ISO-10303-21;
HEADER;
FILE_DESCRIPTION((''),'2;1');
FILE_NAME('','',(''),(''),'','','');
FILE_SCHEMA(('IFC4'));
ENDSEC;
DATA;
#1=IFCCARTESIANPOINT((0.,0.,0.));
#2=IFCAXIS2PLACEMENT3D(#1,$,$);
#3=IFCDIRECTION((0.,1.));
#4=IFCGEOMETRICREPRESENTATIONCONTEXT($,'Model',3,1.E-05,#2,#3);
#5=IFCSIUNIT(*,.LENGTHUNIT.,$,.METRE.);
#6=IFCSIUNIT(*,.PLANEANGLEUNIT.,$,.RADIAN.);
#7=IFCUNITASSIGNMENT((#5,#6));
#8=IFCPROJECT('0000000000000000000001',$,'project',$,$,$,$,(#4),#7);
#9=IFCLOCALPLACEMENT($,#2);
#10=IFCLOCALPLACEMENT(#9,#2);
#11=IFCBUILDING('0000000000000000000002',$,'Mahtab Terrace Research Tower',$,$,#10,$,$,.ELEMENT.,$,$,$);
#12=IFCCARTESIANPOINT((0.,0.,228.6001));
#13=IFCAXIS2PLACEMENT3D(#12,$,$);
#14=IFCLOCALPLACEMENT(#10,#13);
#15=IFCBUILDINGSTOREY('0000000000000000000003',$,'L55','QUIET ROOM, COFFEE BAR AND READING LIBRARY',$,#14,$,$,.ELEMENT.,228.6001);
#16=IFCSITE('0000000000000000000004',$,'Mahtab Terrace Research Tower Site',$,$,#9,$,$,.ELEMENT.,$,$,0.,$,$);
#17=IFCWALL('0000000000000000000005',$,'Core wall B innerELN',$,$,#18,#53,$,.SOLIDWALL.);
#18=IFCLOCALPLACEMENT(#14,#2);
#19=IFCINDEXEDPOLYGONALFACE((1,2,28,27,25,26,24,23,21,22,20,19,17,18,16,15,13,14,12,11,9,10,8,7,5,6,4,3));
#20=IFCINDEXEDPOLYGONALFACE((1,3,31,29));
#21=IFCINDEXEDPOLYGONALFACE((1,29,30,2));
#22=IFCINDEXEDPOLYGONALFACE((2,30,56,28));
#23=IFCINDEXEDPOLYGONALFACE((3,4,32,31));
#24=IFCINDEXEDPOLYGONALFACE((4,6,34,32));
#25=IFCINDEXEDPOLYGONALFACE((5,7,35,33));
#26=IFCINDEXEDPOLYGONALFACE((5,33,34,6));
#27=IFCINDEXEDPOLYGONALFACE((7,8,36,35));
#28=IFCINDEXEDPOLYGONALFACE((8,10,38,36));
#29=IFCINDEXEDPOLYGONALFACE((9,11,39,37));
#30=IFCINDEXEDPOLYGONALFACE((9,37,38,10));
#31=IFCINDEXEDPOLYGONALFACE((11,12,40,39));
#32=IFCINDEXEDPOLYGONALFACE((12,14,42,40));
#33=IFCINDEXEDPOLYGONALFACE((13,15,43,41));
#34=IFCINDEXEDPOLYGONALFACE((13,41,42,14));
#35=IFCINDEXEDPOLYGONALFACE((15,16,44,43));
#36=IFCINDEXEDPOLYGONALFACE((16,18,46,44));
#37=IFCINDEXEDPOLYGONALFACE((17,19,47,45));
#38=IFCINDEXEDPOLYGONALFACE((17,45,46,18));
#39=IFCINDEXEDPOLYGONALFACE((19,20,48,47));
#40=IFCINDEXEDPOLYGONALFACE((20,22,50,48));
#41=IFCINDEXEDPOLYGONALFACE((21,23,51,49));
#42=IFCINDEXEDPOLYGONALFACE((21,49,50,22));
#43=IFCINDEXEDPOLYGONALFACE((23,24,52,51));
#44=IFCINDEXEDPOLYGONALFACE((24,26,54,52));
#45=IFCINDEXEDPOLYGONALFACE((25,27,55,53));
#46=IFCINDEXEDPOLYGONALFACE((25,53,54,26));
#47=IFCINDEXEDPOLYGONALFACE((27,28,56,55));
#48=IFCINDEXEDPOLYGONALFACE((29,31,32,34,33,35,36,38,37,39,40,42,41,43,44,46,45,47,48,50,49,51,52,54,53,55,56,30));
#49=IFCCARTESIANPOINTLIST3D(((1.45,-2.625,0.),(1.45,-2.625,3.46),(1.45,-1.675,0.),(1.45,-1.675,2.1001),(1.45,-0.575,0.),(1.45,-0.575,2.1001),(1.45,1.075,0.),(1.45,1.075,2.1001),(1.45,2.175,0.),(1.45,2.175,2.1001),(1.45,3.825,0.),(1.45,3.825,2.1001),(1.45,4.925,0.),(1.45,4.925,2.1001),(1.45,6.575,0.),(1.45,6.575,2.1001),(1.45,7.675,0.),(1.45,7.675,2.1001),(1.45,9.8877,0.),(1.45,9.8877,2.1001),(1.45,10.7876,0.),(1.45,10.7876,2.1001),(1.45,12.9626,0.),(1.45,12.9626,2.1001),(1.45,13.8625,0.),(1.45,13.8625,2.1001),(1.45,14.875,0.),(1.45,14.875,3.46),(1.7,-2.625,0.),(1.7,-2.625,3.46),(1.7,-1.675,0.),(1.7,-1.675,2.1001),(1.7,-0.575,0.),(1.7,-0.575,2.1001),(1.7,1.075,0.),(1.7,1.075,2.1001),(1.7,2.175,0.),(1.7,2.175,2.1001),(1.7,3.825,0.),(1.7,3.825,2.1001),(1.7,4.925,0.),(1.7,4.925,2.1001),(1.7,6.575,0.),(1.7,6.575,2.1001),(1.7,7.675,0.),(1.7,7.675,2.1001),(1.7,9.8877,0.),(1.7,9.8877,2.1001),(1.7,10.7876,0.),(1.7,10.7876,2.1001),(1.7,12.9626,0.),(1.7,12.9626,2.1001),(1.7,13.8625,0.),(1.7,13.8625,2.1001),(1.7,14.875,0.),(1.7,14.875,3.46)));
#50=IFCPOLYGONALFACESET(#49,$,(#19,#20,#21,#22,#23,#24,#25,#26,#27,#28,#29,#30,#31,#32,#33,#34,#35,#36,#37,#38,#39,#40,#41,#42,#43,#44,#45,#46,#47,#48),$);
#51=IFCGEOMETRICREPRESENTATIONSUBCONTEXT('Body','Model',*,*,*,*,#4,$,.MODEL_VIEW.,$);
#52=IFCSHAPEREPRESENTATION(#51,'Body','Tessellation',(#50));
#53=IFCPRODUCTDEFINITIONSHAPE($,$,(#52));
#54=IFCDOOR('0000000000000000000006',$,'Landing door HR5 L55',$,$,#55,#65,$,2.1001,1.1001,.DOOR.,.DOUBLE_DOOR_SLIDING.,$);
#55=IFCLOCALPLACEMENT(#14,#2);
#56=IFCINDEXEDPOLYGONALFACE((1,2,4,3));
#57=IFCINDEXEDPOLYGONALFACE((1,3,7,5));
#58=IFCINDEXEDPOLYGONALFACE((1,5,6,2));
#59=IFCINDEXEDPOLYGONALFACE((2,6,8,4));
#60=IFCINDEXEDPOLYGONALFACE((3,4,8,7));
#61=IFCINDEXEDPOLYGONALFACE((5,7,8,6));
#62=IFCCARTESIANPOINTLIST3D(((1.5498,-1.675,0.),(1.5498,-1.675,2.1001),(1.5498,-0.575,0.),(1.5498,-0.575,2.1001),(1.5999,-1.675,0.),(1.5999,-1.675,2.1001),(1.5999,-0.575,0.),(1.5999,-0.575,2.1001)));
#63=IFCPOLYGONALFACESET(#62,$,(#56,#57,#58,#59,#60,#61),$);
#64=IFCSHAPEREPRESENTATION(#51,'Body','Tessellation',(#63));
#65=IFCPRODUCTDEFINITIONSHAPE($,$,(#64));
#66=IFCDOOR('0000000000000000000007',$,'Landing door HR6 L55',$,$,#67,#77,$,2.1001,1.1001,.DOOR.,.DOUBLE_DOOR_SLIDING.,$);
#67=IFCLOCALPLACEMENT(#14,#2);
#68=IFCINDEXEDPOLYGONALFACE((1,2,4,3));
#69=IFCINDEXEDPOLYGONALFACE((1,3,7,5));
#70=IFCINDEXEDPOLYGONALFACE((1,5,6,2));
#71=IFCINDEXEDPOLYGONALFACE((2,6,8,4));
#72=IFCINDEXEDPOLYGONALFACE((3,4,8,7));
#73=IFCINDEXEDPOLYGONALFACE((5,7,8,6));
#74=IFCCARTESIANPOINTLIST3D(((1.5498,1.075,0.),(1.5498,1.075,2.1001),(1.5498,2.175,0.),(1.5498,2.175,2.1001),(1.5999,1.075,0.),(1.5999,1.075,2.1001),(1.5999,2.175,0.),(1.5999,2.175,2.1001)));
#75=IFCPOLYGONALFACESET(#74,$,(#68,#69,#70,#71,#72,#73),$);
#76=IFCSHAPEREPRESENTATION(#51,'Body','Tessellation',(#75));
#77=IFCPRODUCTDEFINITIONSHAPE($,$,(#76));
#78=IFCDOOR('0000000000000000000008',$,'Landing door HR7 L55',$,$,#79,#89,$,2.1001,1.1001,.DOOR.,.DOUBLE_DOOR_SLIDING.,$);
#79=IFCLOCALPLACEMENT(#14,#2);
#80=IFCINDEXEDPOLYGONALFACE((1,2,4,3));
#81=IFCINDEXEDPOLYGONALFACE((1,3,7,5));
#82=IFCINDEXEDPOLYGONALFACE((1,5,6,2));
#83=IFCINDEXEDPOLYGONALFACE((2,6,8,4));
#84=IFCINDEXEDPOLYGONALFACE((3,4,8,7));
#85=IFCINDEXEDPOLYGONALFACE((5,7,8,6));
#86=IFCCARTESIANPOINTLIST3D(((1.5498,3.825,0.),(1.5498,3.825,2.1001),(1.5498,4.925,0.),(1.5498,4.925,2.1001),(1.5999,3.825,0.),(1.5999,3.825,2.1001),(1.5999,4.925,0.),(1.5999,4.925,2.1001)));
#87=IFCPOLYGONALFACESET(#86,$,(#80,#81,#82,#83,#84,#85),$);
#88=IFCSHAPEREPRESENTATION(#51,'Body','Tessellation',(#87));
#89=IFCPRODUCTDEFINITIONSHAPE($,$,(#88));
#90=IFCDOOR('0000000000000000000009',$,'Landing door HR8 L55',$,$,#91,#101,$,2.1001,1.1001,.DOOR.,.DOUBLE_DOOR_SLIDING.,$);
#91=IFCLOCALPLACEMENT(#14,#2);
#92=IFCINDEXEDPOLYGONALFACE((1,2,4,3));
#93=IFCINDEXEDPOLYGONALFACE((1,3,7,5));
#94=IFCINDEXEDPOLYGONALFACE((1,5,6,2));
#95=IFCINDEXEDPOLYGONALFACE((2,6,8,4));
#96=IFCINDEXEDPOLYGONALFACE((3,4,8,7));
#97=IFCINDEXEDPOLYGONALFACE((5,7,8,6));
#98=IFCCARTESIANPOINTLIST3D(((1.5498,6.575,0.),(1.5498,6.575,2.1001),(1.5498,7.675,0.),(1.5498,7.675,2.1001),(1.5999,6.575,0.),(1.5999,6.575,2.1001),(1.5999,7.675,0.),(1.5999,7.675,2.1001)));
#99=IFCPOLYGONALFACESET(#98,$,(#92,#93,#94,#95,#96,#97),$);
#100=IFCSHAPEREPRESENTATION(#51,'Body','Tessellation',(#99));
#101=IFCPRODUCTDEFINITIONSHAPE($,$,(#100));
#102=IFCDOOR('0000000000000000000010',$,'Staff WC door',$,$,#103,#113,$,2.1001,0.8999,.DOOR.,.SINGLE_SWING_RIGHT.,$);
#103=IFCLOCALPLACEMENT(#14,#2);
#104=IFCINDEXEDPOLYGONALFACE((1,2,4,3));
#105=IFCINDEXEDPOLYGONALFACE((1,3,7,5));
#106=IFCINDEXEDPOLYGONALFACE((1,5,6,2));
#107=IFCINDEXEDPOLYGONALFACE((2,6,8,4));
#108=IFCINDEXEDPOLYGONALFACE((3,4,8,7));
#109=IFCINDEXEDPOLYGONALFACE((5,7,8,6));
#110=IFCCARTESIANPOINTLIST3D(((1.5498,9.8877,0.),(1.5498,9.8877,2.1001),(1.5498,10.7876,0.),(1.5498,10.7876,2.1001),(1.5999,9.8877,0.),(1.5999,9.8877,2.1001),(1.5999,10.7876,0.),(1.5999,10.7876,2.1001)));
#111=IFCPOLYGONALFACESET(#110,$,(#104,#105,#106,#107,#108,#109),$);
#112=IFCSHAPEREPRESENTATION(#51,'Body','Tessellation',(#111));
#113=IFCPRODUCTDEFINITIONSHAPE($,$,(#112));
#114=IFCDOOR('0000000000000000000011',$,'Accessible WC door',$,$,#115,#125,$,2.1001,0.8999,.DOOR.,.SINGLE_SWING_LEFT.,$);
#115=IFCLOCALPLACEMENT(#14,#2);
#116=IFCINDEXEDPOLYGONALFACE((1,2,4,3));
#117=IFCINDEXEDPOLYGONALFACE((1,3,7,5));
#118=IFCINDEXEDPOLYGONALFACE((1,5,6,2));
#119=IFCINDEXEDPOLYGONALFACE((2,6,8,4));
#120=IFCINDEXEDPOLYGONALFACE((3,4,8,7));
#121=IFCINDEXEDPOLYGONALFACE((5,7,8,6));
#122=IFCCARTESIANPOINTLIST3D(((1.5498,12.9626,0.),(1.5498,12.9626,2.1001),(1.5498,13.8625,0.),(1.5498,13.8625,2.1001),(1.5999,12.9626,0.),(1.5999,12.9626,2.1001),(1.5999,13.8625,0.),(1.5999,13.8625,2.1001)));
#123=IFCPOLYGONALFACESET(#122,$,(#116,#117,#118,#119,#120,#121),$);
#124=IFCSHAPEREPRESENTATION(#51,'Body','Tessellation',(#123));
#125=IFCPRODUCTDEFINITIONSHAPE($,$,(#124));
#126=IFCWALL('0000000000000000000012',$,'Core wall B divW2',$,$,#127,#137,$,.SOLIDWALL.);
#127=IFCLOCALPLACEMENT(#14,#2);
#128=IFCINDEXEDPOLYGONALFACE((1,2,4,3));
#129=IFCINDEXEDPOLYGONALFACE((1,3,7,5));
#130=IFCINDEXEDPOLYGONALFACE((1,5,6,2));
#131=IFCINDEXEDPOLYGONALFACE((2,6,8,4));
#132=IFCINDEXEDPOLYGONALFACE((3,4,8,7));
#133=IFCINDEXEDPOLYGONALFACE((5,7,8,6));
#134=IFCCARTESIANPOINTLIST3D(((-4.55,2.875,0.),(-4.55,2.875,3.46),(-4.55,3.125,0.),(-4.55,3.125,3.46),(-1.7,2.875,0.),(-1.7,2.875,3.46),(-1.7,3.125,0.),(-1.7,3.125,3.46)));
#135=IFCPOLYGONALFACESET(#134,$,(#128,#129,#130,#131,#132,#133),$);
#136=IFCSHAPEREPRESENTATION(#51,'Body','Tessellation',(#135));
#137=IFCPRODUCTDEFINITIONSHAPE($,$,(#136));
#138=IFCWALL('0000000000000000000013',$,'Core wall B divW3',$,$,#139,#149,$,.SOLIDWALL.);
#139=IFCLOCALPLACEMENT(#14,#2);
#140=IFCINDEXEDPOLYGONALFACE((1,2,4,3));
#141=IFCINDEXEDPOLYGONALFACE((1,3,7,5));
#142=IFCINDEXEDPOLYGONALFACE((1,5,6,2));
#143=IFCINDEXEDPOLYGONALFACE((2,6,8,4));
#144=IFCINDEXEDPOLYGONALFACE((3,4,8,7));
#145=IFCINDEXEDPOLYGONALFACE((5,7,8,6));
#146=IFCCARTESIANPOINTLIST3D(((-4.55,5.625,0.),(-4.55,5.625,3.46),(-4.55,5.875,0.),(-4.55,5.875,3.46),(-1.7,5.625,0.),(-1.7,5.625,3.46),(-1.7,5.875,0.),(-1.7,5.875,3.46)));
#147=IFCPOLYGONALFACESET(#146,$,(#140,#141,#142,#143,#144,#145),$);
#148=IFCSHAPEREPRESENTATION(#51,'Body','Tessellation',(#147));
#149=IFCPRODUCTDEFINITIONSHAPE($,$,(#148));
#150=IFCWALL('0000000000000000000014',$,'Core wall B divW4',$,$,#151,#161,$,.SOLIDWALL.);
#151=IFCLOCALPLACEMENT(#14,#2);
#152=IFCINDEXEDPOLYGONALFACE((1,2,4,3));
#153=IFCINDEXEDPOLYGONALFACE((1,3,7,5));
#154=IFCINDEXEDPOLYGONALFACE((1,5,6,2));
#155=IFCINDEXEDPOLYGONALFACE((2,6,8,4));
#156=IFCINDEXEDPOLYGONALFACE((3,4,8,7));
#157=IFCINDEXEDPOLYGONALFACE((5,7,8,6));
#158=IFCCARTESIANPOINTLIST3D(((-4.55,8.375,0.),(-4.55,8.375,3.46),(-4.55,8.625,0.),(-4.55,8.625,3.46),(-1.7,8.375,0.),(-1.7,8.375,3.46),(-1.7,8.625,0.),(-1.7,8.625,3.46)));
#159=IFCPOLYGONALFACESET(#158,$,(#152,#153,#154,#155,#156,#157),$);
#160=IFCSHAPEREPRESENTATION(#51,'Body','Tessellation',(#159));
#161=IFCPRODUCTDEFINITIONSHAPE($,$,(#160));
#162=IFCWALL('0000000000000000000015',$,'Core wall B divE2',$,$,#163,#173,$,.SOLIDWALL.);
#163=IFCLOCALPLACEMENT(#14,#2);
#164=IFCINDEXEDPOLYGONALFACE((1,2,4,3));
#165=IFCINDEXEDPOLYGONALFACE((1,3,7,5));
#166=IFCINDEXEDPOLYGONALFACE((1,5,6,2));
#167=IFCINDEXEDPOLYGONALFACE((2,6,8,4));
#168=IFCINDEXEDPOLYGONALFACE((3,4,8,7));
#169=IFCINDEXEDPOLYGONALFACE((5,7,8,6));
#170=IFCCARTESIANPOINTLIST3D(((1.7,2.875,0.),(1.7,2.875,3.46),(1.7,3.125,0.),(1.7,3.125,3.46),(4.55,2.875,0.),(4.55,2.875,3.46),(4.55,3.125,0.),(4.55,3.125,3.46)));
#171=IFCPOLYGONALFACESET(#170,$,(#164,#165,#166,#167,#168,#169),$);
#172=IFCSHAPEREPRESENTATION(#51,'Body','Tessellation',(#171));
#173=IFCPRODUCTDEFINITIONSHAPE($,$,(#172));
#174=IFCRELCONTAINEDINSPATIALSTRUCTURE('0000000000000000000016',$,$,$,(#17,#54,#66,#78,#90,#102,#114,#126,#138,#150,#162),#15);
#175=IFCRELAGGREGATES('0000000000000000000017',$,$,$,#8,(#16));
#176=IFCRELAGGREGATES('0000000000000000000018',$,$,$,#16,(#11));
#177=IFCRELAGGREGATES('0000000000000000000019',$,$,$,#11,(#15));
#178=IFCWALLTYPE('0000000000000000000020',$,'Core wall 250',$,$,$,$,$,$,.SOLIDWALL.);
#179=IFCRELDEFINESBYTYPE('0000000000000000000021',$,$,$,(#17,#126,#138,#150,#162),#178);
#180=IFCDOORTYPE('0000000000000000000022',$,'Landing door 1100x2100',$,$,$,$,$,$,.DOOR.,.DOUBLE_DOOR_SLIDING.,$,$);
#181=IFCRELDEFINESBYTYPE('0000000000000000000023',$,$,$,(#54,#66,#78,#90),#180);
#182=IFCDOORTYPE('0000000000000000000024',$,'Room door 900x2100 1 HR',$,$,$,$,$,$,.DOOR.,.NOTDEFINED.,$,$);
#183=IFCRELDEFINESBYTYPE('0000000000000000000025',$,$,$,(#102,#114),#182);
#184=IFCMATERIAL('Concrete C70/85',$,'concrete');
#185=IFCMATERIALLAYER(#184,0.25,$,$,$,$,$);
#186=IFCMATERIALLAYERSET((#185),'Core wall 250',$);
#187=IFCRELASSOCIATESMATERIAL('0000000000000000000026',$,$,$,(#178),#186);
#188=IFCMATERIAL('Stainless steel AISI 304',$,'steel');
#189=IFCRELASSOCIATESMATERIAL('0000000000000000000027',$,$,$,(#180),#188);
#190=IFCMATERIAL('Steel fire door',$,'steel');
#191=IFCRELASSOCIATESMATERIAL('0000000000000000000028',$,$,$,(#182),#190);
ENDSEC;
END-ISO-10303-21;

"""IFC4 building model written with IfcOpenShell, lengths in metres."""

from ifc_helpers import new_model, si_unit, direction, frame, frame_2d, origin, place, context, subcontext, project, spatial, rectangle, extrude, material, layer, layer_set, type_object, element, fill, save


model = new_model("IFC4")

# Units and contexts
model_context = context("Model", 3, precision=1e-05, world=origin(), true_north=direction((0.0, 1.0)))
body_context = subcontext(model_context, "Body", "Model", "MODEL_VIEW")
ifc_project = project(units=[si_unit("LENGTHUNIT", "METRE"), si_unit("PLANEANGLEUNIT", "RADIAN")], contexts=[model_context])

# Site, building, storey
site_placement = place(None, origin())
site = spatial("IfcSite", under=ifc_project, at=site_placement, Name="Mahtab Terrace Research Tower Site", CompositionType="ELEMENT", RefElevation=0.0)
building_placement = place(site_placement, origin())
building = spatial("IfcBuilding", under=site, at=building_placement, Name="Mahtab Terrace Research Tower", CompositionType="ELEMENT")
storey_placement = place(building_placement, frame((0.0, 0.0, 228.6001)))
storey = spatial("IfcBuildingStorey", under=building, at=storey_placement, Name="L55", Description="QUIET ROOM, COFFEE BAR AND READING LIBRARY", CompositionType="ELEMENT", Elevation=228.6001)

# Shared definitions
ifc_material_1 = material(Name="Concrete C70/85", Category="concrete")

# Shared definitions
ifc_layer_1 = layer(ifc_material_1, 0.25)
ifc_layer_set_1 = layer_set([ifc_layer_1], Name="Core wall 250")
wall_type_1 = type_object("IfcWallType", Name="Core wall 250", PredefinedType="SOLIDWALL", material=ifc_layer_set_1)

# Shared definitions
ifc_material_2 = material(Name="Steel fire door", Category="steel")

# Wall, openings, doors
wall_1_placement = place(storey_placement, frame((1.575, 14.875, 0.0), z_axis=(0.0, 0.0, 1.0), x_axis=(0.0, -1.0, 0.0)))
wall_1 = element("IfcWall", 1, at=wall_1_placement, inside=storey, type_object=wall_type_1, Name="Core wall B innerELN", PredefinedType="SOLIDWALL", context=body_context, shape_type="SweptSolid", body=[
    extrude(rectangle(XDim=17.5, YDim=0.25, at=frame_2d((8.75, 0.0))), origin(), (0.0, 0.0, 1.0), 3.46),
])
opening_1_placement = place(wall_1_placement, frame((15.45, 0.0, 0.0)))
opening_1 = element("IfcOpeningElement", 2, at=opening_1_placement, cuts=wall_1, PredefinedType="OPENING", context=body_context, shape_type="SweptSolid", body=[
    extrude(rectangle(XDim=1.1001, YDim=2.1001, at=frame_2d((0.55, 1.05))), frame((0.0, 0.135, 0.0), z_axis=(0.0, -1.0, 0.0), x_axis=(1.0, 0.0, 0.0)), (0.0, 0.0, 1.0), 0.27),
])
opening_2_placement = place(wall_1_placement, frame((12.7, 0.0, 0.0)))
opening_2 = element("IfcOpeningElement", 3, at=opening_2_placement, cuts=wall_1, PredefinedType="OPENING", context=body_context, shape_type="SweptSolid", body=[
    extrude(rectangle(XDim=1.1001, YDim=2.1001, at=frame_2d((0.55, 1.05))), frame((0.0, 0.135, 0.0), z_axis=(0.0, -1.0, 0.0), x_axis=(1.0, 0.0, 0.0)), (0.0, 0.0, 1.0), 0.27),
])
opening_3_placement = place(wall_1_placement, frame((9.95, 0.0, 0.0)))
opening_3 = element("IfcOpeningElement", 4, at=opening_3_placement, cuts=wall_1, PredefinedType="OPENING", context=body_context, shape_type="SweptSolid", body=[
    extrude(rectangle(XDim=1.1001, YDim=2.1001, at=frame_2d((0.55, 1.05))), frame((0.0, 0.135, 0.0), z_axis=(0.0, -1.0, 0.0), x_axis=(1.0, 0.0, 0.0)), (0.0, 0.0, 1.0), 0.27),
])
opening_4_placement = place(wall_1_placement, frame((7.2, 0.0, 0.0)))
opening_4 = element("IfcOpeningElement", 5, at=opening_4_placement, cuts=wall_1, PredefinedType="OPENING", context=body_context, shape_type="SweptSolid", body=[
    extrude(rectangle(XDim=1.1001, YDim=2.1001, at=frame_2d((0.55, 1.05))), frame((0.0, 0.135, 0.0), z_axis=(0.0, -1.0, 0.0), x_axis=(1.0, 0.0, 0.0)), (0.0, 0.0, 1.0), 0.27),
])
opening_5_placement = place(wall_1_placement, frame((4.0874, 0.0, 0.0)))
opening_5 = element("IfcOpeningElement", 6, at=opening_5_placement, cuts=wall_1, PredefinedType="OPENING", context=body_context, shape_type="SweptSolid", body=[
    extrude(rectangle(XDim=0.8999, YDim=2.1001, at=frame_2d((0.45, 1.05))), frame((0.0, 0.135, 0.0), z_axis=(0.0, -1.0, 0.0), x_axis=(1.0, 0.0, 0.0)), (0.0, 0.0, 1.0), 0.27),
])
opening_6_placement = place(wall_1_placement, frame((1.0125, 0.0, 0.0)))
opening_6 = element("IfcOpeningElement", 7, at=opening_6_placement, cuts=wall_1, PredefinedType="OPENING", context=body_context, shape_type="SweptSolid", body=[
    extrude(rectangle(XDim=0.8999, YDim=2.1001, at=frame_2d((0.45, 1.05))), frame((0.0, 0.135, 0.0), z_axis=(0.0, -1.0, 0.0), x_axis=(1.0, 0.0, 0.0)), (0.0, 0.0, 1.0), 0.27),
])
ifc_material_3 = material(Name="Stainless steel AISI 304", Category="steel")
door_type_1 = type_object("IfcDoorType", Name="Landing door 1100x2100", OperationType="DOUBLE_DOOR_SLIDING", PredefinedType="DOOR", material=ifc_material_3)
door_1_placement = place(opening_1_placement, origin())
door_1 = element("IfcDoor", 8, at=door_1_placement, inside=storey, type_object=door_type_1, Name="Landing door HR5 L55", OperationType="DOUBLE_DOOR_SLIDING", OverallHeight=2.1001, OverallWidth=1.1001, PredefinedType="DOOR", context=body_context, shape_type="SweptSolid", body=[
    extrude(rectangle(XDim=1.1001, YDim=2.1001, at=frame_2d((0.55, 1.05))), frame((0.0, 0.0249, 0.0), z_axis=(0.0, -1.0, 0.0), x_axis=(1.0, 0.0, 0.0)), (0.0, 0.0, 1.0), 0.05),
])
fill(opening_1, door_1)
door_2_placement = place(opening_2_placement, origin())
door_2 = element("IfcDoor", 9, at=door_2_placement, inside=storey, type_object=door_type_1, Name="Landing door HR6 L55", OperationType="DOUBLE_DOOR_SLIDING", OverallHeight=2.1001, OverallWidth=1.1001, PredefinedType="DOOR", context=body_context, shape_type="SweptSolid", body=[
    extrude(rectangle(XDim=1.1001, YDim=2.1001, at=frame_2d((0.55, 1.05))), frame((0.0, 0.0249, 0.0), z_axis=(0.0, -1.0, 0.0), x_axis=(1.0, 0.0, 0.0)), (0.0, 0.0, 1.0), 0.05),
])
fill(opening_2, door_2)
door_3_placement = place(opening_3_placement, origin())
door_3 = element("IfcDoor", 10, at=door_3_placement, inside=storey, type_object=door_type_1, Name="Landing door HR7 L55", OperationType="DOUBLE_DOOR_SLIDING", OverallHeight=2.1001, OverallWidth=1.1001, PredefinedType="DOOR", context=body_context, shape_type="SweptSolid", body=[
    extrude(rectangle(XDim=1.1001, YDim=2.1001, at=frame_2d((0.55, 1.05))), frame((0.0, 0.0249, 0.0), z_axis=(0.0, -1.0, 0.0), x_axis=(1.0, 0.0, 0.0)), (0.0, 0.0, 1.0), 0.05),
])
fill(opening_3, door_3)
door_4_placement = place(opening_4_placement, origin())
door_4 = element("IfcDoor", 11, at=door_4_placement, inside=storey, type_object=door_type_1, Name="Landing door HR8 L55", OperationType="DOUBLE_DOOR_SLIDING", OverallHeight=2.1001, OverallWidth=1.1001, PredefinedType="DOOR", context=body_context, shape_type="SweptSolid", body=[
    extrude(rectangle(XDim=1.1001, YDim=2.1001, at=frame_2d((0.55, 1.05))), frame((0.0, 0.0249, 0.0), z_axis=(0.0, -1.0, 0.0), x_axis=(1.0, 0.0, 0.0)), (0.0, 0.0, 1.0), 0.05),
])
fill(opening_4, door_4)
door_type_2 = type_object("IfcDoorType", Name="Room door 900x2100 1 HR", OperationType="NOTDEFINED", PredefinedType="DOOR", material=ifc_material_2)
door_5_placement = place(opening_5_placement, origin())
door_5 = element("IfcDoor", 12, at=door_5_placement, inside=storey, type_object=door_type_2, Name="Staff WC door", OperationType="SINGLE_SWING_RIGHT", OverallHeight=2.1001, OverallWidth=0.8999, PredefinedType="DOOR", context=body_context, shape_type="SweptSolid", body=[
    extrude(rectangle(XDim=0.8999, YDim=2.1001, at=frame_2d((0.45, 1.05))), frame((0.0, 0.0249, 0.0), z_axis=(0.0, -1.0, 0.0), x_axis=(1.0, 0.0, 0.0)), (0.0, 0.0, 1.0), 0.05),
])
fill(opening_5, door_5)
door_6_placement = place(opening_6_placement, origin())
door_6 = element("IfcDoor", 13, at=door_6_placement, inside=storey, type_object=door_type_2, Name="Accessible WC door", OperationType="SINGLE_SWING_LEFT", OverallHeight=2.1001, OverallWidth=0.8999, PredefinedType="DOOR", context=body_context, shape_type="SweptSolid", body=[
    extrude(rectangle(XDim=0.8999, YDim=2.1001, at=frame_2d((0.45, 1.05))), frame((0.0, 0.0249, 0.0), z_axis=(0.0, -1.0, 0.0), x_axis=(1.0, 0.0, 0.0)), (0.0, 0.0, 1.0), 0.05),
])
fill(opening_6, door_6)

# Walls
for number, where, z_axis, x_axis, name in (
    (14, (-4.55, 3.0, 0.0), (0.0, 0.0, 1.0), (1.0, 0.0, 0.0), "Core wall B divW2"),
    (15, (-4.55, 5.75, 0.0), (0.0, 0.0, 1.0), (1.0, 0.0, 0.0), "Core wall B divW3"),
    (16, (-4.55, 8.5, 0.0), (0.0, 0.0, 1.0), (1.0, 0.0, 0.0), "Core wall B divW4"),
    (17, (1.7, 3.0, 0.0), (0.0, 0.0, 1.0), (1.0, 0.0, 0.0), "Core wall B divE2"),
):
    element("IfcWall", number, at=place(storey_placement, frame(where, z_axis=z_axis, x_axis=x_axis)), inside=storey, type_object=wall_type_1, Name=name, PredefinedType="SOLIDWALL", context=body_context, shape_type="SweptSolid", body=[
        extrude(rectangle(XDim=2.8501, YDim=0.25, at=frame_2d((1.425, 0.0))), origin(), (0.0, 0.0, 1.0), 3.46),
    ])

save(model, "model.ifc")
